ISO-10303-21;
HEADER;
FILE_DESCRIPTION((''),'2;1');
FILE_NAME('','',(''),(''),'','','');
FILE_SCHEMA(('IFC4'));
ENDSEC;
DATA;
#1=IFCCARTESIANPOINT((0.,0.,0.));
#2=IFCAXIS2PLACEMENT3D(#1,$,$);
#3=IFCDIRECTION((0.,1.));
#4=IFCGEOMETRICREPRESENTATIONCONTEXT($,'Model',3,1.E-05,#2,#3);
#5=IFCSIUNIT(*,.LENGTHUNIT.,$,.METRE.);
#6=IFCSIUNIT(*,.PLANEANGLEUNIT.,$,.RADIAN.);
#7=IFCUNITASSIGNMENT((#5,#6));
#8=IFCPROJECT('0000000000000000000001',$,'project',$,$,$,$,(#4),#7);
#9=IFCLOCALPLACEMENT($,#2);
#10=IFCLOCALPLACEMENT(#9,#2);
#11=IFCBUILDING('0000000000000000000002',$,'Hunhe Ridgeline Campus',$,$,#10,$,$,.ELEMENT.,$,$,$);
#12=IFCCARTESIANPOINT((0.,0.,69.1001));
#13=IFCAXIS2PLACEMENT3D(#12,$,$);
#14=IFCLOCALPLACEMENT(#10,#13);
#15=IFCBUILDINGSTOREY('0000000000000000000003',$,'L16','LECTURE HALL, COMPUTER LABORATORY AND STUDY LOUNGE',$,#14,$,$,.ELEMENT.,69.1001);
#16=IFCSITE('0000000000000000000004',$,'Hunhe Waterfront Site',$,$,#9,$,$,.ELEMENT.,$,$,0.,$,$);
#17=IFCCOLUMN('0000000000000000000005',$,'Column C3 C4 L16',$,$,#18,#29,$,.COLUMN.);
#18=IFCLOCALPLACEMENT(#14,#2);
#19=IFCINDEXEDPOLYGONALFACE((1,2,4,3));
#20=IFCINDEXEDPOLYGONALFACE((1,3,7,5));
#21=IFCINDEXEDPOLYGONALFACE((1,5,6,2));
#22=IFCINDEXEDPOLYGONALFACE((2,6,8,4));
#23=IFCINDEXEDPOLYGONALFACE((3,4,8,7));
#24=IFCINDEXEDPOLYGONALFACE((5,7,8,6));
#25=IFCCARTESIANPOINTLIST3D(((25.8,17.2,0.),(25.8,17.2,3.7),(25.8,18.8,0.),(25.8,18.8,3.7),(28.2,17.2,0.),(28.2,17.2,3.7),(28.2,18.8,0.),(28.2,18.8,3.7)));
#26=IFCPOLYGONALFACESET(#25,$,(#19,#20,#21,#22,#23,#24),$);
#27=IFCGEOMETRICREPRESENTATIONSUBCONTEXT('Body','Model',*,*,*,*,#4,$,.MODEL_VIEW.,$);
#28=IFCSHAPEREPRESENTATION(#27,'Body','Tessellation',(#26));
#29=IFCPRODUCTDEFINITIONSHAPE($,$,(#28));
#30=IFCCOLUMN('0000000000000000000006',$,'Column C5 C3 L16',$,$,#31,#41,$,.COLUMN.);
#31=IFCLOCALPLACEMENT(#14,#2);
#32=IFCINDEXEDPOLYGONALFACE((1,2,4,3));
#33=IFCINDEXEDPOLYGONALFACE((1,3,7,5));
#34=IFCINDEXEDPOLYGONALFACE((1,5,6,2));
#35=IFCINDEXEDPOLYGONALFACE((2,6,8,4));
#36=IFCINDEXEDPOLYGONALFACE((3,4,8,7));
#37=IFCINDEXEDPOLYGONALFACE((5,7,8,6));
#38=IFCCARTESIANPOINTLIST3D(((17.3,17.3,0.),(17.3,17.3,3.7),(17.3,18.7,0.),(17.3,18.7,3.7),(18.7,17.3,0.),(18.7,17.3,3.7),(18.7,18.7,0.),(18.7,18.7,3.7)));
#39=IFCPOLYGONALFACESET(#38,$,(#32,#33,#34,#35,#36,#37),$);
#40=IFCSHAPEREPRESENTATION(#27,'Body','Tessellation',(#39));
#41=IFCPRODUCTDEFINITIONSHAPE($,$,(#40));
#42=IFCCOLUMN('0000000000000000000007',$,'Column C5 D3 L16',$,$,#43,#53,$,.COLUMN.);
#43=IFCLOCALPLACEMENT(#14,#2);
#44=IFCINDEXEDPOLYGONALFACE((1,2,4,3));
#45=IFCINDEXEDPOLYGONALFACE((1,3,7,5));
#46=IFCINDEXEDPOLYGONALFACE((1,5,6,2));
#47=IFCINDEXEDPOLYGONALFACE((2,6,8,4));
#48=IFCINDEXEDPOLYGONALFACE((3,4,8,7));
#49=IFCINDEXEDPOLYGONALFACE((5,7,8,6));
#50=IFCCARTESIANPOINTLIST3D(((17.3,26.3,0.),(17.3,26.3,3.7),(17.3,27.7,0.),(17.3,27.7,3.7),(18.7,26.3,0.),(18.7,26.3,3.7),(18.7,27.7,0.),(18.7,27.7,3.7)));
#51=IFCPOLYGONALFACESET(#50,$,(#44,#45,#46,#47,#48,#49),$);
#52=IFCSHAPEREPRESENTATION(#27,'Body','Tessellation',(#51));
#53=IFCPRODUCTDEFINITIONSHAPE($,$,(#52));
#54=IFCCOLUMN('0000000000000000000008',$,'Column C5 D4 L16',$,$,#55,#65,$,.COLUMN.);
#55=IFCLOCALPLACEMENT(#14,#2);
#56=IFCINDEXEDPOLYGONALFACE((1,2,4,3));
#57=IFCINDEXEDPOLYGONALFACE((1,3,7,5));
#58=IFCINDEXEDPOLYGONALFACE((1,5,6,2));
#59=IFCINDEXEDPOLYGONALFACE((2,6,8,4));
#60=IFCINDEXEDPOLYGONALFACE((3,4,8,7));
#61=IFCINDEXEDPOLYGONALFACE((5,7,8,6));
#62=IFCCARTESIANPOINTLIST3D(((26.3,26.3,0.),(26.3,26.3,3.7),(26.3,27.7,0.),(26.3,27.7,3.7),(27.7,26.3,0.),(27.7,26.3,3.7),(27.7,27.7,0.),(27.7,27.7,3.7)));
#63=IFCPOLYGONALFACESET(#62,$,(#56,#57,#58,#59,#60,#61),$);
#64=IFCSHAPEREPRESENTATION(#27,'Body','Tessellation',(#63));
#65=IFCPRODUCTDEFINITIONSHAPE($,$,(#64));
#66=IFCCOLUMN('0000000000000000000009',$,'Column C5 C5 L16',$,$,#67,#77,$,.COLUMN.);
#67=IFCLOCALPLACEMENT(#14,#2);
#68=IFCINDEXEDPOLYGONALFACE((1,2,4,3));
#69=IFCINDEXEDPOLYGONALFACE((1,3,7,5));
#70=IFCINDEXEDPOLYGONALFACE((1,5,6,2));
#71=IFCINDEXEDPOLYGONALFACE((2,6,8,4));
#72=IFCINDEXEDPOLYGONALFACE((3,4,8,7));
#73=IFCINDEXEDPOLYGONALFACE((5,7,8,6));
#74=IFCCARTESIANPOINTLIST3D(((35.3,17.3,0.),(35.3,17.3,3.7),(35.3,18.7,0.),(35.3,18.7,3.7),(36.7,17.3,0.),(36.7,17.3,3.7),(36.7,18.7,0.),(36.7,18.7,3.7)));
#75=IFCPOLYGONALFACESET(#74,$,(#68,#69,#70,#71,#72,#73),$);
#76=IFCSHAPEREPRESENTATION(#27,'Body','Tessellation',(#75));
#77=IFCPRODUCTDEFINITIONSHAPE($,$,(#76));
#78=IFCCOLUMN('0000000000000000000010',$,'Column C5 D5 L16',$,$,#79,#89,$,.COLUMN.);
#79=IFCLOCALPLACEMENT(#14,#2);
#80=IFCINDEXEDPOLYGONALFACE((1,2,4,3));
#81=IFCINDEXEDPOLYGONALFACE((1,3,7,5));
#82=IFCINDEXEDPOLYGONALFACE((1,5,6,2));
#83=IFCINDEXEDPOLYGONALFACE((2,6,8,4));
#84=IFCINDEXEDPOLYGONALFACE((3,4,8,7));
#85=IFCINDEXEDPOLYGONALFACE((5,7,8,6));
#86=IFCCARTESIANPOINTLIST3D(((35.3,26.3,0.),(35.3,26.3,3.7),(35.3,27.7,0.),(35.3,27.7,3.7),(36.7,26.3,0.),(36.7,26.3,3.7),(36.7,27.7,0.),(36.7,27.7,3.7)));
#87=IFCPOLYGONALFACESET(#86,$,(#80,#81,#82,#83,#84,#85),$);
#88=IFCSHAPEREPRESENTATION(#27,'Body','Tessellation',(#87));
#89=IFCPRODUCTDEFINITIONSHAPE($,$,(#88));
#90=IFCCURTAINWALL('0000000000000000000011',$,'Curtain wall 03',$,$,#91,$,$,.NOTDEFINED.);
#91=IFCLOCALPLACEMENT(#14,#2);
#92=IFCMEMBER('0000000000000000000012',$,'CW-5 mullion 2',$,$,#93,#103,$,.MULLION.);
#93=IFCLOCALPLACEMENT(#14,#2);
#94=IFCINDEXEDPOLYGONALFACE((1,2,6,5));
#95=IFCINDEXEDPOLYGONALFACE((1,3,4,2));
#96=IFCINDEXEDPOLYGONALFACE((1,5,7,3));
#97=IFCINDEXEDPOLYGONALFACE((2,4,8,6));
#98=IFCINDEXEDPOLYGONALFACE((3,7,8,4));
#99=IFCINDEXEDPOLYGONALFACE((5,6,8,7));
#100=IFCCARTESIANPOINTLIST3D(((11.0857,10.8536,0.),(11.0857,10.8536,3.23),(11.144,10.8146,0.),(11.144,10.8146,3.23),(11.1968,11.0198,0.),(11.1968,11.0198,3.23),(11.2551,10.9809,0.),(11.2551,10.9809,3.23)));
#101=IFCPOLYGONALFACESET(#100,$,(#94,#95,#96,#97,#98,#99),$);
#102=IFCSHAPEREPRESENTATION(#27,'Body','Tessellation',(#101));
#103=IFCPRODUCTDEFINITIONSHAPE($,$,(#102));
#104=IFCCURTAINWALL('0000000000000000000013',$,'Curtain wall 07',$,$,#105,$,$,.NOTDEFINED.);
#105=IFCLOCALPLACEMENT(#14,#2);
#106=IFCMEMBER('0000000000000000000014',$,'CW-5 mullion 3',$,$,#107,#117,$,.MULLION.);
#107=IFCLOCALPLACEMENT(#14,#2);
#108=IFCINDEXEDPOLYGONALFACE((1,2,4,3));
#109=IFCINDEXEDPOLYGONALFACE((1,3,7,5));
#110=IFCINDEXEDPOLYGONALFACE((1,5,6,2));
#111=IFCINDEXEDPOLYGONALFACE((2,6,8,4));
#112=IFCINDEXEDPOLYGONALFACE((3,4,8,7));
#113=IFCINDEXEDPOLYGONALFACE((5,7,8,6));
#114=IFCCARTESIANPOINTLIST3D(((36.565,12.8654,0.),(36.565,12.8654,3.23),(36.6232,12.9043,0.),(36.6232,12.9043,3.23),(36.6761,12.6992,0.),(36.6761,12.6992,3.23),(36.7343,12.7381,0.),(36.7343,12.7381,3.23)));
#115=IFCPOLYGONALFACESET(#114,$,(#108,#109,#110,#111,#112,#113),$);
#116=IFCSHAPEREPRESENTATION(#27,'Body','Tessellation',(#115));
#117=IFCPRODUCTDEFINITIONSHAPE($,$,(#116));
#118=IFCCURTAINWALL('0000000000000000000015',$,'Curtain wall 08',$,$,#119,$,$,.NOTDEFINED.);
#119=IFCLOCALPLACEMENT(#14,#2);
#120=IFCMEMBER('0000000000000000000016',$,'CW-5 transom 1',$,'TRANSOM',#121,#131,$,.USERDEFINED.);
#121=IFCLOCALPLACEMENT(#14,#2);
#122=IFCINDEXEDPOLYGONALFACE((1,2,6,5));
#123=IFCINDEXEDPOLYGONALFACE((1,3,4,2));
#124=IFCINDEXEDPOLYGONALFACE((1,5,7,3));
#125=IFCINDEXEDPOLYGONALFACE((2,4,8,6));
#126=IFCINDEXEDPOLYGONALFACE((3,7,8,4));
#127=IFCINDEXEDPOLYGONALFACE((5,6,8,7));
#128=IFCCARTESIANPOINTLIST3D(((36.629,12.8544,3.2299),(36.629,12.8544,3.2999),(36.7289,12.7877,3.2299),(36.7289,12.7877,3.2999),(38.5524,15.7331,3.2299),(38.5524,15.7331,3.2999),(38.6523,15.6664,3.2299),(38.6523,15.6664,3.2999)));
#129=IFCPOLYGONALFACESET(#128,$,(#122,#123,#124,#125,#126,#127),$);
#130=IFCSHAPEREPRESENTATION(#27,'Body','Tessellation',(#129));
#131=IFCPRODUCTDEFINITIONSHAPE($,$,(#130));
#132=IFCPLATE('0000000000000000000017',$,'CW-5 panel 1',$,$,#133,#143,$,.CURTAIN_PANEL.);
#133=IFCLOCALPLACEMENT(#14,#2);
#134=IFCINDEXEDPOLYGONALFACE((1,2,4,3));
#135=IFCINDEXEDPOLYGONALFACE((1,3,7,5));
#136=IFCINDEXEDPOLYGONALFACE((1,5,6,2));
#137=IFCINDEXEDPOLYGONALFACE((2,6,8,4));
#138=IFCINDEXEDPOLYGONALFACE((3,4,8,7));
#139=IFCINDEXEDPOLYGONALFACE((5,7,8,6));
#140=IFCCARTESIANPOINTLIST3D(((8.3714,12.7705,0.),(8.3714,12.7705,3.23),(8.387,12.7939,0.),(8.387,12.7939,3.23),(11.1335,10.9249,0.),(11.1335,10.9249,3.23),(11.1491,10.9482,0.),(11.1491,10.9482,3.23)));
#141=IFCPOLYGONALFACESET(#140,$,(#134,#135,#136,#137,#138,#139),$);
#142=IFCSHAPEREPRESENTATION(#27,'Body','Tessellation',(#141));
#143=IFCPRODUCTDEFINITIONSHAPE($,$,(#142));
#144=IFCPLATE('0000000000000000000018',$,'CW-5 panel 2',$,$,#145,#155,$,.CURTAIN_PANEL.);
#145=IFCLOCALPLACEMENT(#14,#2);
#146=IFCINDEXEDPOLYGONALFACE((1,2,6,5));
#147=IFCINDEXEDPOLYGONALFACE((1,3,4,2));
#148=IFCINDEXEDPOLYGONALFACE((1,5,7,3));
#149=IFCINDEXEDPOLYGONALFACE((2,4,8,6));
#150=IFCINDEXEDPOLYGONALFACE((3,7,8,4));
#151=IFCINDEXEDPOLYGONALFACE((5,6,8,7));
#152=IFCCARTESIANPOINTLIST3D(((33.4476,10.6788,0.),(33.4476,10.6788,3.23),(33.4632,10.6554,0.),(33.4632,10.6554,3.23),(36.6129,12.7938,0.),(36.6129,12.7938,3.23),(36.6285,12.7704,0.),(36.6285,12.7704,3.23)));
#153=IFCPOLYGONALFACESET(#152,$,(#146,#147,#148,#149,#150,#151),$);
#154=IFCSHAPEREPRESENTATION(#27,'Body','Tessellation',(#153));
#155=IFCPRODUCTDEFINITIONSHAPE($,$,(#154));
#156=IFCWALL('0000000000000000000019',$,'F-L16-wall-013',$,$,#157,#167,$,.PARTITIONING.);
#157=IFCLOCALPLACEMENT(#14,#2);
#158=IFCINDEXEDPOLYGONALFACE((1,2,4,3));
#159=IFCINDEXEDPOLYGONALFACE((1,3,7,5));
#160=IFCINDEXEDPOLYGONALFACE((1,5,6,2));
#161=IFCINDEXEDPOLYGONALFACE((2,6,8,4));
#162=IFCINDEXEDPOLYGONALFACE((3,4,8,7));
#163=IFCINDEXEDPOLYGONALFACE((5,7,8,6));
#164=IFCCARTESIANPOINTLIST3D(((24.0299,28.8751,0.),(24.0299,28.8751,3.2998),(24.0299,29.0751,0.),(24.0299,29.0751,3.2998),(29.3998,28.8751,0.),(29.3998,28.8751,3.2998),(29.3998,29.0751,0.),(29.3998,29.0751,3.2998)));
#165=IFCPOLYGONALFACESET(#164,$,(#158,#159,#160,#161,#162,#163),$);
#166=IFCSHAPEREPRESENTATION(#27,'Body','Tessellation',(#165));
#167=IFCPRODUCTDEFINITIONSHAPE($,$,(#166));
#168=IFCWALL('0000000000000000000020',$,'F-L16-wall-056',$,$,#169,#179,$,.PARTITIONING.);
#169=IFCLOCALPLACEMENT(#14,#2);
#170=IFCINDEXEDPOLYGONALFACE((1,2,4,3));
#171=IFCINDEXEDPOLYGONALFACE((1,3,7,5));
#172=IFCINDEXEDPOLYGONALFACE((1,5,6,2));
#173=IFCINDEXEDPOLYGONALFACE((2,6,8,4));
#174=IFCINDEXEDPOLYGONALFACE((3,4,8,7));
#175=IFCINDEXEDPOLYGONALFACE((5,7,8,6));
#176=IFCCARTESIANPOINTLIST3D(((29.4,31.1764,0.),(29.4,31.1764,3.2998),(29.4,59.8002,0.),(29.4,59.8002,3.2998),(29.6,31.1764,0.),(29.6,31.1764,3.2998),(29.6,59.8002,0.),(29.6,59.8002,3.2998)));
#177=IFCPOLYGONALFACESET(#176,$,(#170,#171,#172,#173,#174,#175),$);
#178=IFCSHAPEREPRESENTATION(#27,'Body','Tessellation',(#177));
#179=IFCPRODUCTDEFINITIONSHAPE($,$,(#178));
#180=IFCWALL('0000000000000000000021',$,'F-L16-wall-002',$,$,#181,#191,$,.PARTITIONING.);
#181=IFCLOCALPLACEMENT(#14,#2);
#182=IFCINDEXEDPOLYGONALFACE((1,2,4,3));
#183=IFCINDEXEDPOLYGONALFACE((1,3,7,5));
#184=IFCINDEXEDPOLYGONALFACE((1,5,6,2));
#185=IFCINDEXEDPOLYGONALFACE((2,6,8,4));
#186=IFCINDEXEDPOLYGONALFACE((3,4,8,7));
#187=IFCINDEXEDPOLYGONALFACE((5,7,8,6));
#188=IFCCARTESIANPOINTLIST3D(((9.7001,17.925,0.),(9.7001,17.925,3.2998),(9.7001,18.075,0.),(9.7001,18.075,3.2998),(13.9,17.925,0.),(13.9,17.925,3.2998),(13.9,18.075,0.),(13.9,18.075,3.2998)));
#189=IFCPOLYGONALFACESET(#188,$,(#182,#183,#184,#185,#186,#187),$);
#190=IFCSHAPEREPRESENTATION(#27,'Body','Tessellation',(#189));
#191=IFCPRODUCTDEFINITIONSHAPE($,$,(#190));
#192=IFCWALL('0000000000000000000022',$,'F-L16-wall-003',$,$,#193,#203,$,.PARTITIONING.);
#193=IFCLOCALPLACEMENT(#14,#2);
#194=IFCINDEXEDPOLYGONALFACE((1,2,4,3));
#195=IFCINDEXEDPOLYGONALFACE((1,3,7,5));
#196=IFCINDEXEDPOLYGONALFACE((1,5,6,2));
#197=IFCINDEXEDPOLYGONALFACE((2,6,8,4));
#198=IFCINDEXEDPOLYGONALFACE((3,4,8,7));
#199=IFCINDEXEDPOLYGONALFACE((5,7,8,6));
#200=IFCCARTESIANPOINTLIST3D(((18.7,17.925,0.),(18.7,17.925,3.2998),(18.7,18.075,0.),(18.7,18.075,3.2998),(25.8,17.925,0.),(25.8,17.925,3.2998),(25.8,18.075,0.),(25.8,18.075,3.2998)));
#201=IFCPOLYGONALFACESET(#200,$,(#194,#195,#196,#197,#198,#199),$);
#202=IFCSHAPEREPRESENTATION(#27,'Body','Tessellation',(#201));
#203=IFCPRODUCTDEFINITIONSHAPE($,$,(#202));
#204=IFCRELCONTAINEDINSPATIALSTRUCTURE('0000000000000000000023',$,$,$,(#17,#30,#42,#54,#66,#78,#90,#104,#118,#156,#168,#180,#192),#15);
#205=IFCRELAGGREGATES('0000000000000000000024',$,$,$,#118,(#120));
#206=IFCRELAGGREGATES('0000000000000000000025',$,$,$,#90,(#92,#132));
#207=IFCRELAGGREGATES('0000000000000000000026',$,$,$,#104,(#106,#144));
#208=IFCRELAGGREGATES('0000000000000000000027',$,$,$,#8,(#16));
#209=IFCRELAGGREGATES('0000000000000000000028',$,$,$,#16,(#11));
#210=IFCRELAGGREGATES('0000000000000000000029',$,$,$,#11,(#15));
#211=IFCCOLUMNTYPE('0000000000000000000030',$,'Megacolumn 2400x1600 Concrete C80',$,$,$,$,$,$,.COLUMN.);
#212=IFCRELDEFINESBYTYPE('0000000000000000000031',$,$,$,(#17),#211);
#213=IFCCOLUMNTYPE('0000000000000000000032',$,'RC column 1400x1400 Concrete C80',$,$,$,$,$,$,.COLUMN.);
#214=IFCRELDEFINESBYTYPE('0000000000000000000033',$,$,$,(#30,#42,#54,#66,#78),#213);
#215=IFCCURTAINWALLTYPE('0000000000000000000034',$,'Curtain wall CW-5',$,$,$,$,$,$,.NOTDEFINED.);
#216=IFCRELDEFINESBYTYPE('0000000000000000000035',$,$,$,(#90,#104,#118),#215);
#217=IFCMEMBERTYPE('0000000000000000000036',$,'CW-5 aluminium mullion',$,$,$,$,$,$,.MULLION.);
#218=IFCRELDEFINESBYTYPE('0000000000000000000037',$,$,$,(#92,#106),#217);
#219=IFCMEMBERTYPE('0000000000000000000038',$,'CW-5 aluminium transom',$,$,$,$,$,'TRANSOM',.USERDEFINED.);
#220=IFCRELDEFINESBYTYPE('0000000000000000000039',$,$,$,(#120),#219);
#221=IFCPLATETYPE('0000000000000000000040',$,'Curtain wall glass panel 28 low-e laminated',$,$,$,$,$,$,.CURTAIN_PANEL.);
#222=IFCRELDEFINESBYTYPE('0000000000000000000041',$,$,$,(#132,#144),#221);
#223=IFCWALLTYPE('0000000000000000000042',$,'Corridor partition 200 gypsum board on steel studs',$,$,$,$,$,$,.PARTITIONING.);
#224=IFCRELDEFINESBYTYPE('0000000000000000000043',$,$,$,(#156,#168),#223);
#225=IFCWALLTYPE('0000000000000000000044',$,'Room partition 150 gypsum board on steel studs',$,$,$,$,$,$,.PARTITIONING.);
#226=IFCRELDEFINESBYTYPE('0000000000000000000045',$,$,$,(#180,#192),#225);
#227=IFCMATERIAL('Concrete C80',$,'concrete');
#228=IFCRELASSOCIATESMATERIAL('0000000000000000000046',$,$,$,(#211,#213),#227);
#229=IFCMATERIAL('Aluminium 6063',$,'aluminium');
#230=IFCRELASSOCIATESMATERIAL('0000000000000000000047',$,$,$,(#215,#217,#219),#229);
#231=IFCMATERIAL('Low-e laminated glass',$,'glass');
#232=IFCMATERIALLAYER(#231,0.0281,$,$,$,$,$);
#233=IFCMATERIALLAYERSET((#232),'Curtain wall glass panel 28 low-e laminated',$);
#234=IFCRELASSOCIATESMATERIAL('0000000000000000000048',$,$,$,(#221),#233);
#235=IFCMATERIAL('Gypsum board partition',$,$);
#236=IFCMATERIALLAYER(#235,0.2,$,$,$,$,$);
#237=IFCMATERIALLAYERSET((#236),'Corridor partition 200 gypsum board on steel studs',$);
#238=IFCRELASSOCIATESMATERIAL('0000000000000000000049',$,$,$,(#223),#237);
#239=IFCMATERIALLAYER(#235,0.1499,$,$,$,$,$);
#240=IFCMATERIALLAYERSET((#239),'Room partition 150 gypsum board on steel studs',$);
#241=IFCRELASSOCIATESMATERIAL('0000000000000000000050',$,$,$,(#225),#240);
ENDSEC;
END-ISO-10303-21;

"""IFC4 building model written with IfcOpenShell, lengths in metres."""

from ifc_helpers import new_model, si_unit, direction, frame, frame_2d, origin, origin_2d, place, context, subcontext, project, spatial, rectangle, extrude, material, layer, layer_set, material_profile, profile_set, type_object, element, aggregate, save


model = new_model("IFC4")

# Units and contexts
model_context = context("Model", 3, precision=1e-05, world=origin(), true_north=direction((0.0, 1.0)))
body_context = subcontext(model_context, "Body", "Model", "MODEL_VIEW")
ifc_project = project(units=[si_unit("LENGTHUNIT", "METRE"), si_unit("PLANEANGLEUNIT", "RADIAN")], contexts=[model_context])

# Site, building, storey
site_placement = place(None, origin())
site = spatial("IfcSite", under=ifc_project, at=site_placement, Name="Hunhe Waterfront Site", CompositionType="ELEMENT", RefElevation=0.0)
building_placement = place(site_placement, origin())
building = spatial("IfcBuilding", under=site, at=building_placement, Name="Hunhe Ridgeline Campus", CompositionType="ELEMENT")
storey_placement = place(building_placement, frame((0.0, 0.0, 69.1001)))
storey = spatial("IfcBuildingStorey", under=building, at=storey_placement, Name="L16", Description="LECTURE HALL, COMPUTER LABORATORY AND STUDY LOUNGE", CompositionType="ELEMENT", Elevation=69.1001)

# Columns
ifc_material_1 = material(Name="Concrete C80", Category="concrete")
ifc_material_profile_1 = material_profile(ifc_material_1, rectangle(XDim=2.3999, YDim=1.6001, at=origin_2d()))
ifc_profile_set_1 = profile_set([ifc_material_profile_1], Name="Concrete C80")
column_type_1 = type_object("IfcColumnType", Name="Megacolumn 2400x1600 Concrete C80", PredefinedType="COLUMN", material=ifc_profile_set_1)
column_placement = place(storey_placement, frame((27.0, 18.0, 0.0), z_axis=(0.0, 0.0, 1.0), x_axis=(1.0, 0.0, 0.0)))
element("IfcColumn", 1, at=column_placement, inside=storey, type_object=column_type_1, Name="Column C3 C4 L16", PredefinedType="COLUMN", context=body_context, shape_type="SweptSolid", body=[
    extrude(rectangle(XDim=2.3999, YDim=1.6001, at=origin_2d()), origin(), (0.0, 0.0, 1.0), 3.7),
])
ifc_material_profile_2 = material_profile(ifc_material_1, rectangle(XDim=1.3999, YDim=1.3999, at=origin_2d()))
ifc_profile_set_2 = profile_set([ifc_material_profile_2], Name="Concrete C80")
column_type_2 = type_object("IfcColumnType", Name="RC column 1400x1400 Concrete C80", PredefinedType="COLUMN", material=ifc_profile_set_2)
for number, where, z_axis, x_axis, name in (
    (2, (18.0, 18.0, 0.0), (0.0, 0.0, 1.0), (1.0, 0.0, 0.0), "Column C5 C3 L16"),
    (3, (18.0, 27.0, 0.0), (0.0, 0.0, 1.0), (1.0, 0.0, 0.0), "Column C5 D3 L16"),
    (4, (27.0, 27.0, 0.0), (0.0, 0.0, 1.0), (1.0, 0.0, 0.0), "Column C5 D4 L16"),
    (5, (36.0, 18.0, 0.0), (0.0, 0.0, 1.0), (1.0, 0.0, 0.0), "Column C5 C5 L16"),
    (6, (36.0, 27.0, 0.0), (0.0, 0.0, 1.0), (1.0, 0.0, 0.0), "Column C5 D5 L16"),
):
    element("IfcColumn", number, at=place(storey_placement, frame(where, z_axis=z_axis, x_axis=x_axis)), inside=storey, type_object=column_type_2, Name=name, PredefinedType="COLUMN", context=body_context, shape_type="SweptSolid", body=[
        extrude(rectangle(XDim=1.3999, YDim=1.3999, at=origin_2d()), origin(), (0.0, 0.0, 1.0), 3.7),
    ])

# Curtain walls, members
ifc_material_2 = material(Name="Aluminium 6063", Category="aluminium")
curtain_wall_type = type_object("IfcCurtainWallType", Name="Curtain wall CW-5", PredefinedType="NOTDEFINED", material=ifc_material_2)
curtain_wall_1_placement = place(storey_placement, origin())
curtain_wall_1 = element("IfcCurtainWall", 7, at=curtain_wall_1_placement, inside=storey, type_object=curtain_wall_type, Name="Curtain wall 03", PredefinedType="NOTDEFINED")
ifc_material_profile_3 = material_profile(ifc_material_2, rectangle(XDim=0.2, YDim=0.0701, at=origin_2d()))
ifc_profile_set_3 = profile_set([ifc_material_profile_3], Name="Aluminium 6063")
member_type_1 = type_object("IfcMemberType", Name="CW-5 aluminium mullion", PredefinedType="MULLION", material=ifc_profile_set_3)
member_1_placement = place(storey_placement, frame((11.1704, 10.9172, 0.0), z_axis=(0.0, 0.0, 1.0), x_axis=(0.55557, 0.83147, 0.0)))
member_1 = element("IfcMember", 8, at=member_1_placement, type_object=member_type_1, Name="CW-5 mullion 2", PredefinedType="MULLION", context=body_context, shape_type="SweptSolid", body=[
    extrude(rectangle(XDim=0.2, YDim=0.0701, at=origin_2d()), origin(), (0.0, 0.0, 1.0), 3.23),
])
curtain_wall_2_placement = place(storey_placement, origin())
curtain_wall_2 = element("IfcCurtainWall", 9, at=curtain_wall_2_placement, inside=storey, type_object=curtain_wall_type, Name="Curtain wall 07", PredefinedType="NOTDEFINED")
member_2_placement = place(storey_placement, frame((36.6497, 12.8018, 0.0), z_axis=(0.0, 0.0, 1.0), x_axis=(-0.55557, 0.83147, 0.0)))
member_2 = element("IfcMember", 10, at=member_2_placement, type_object=member_type_1, Name="CW-5 mullion 3", PredefinedType="MULLION", context=body_context, shape_type="SweptSolid", body=[
    extrude(rectangle(XDim=0.2, YDim=0.0701, at=origin_2d()), origin(), (0.0, 0.0, 1.0), 3.23),
])
curtain_wall_3_placement = place(storey_placement, origin())
curtain_wall_3 = element("IfcCurtainWall", 11, at=curtain_wall_3_placement, inside=storey, type_object=curtain_wall_type, Name="Curtain wall 08", PredefinedType="NOTDEFINED")
ifc_material_profile_4 = material_profile(ifc_material_2, rectangle(XDim=0.1201, YDim=0.0701, at=origin_2d()))
ifc_profile_set_4 = profile_set([ifc_material_profile_4], Name="Aluminium 6063")
member_type_2 = type_object("IfcMemberType", Name="CW-5 aluminium transom", ElementType="TRANSOM", PredefinedType="USERDEFINED", material=ifc_profile_set_4)
member_3_placement = place(storey_placement, frame((36.679, 12.821, 3.2649), z_axis=(0.555546, 0.831486, 0.0), x_axis=(-0.831486, 0.555546, 0.0)))
member_3 = element("IfcMember", 12, at=member_3_placement, type_object=member_type_2, Name="CW-5 transom 1", ObjectType="TRANSOM", PredefinedType="USERDEFINED", context=body_context, shape_type="SweptSolid", body=[
    extrude(rectangle(XDim=0.1201, YDim=0.0701, at=origin_2d()), origin(), (0.0, 0.0, 1.0), 3.4622),
])
aggregate(curtain_wall_3, [member_3])

# Plates
ifc_material_3 = material(Name="Low-e laminated glass", Category="glass")
ifc_layer_1 = layer(ifc_material_3, 0.0281)
ifc_layer_set_1 = layer_set([ifc_layer_1], Name="Curtain wall glass panel 28 low-e laminated")
plate_type = type_object("IfcPlateType", Name="Curtain wall glass panel 28 low-e laminated", PredefinedType="CURTAIN_PANEL", material=ifc_layer_set_1)
plate_1_placement = place(storey_placement, frame((9.7603, 11.8594, 0.0), z_axis=(0.0, 0.0, 1.0), x_axis=(0.83147, -0.55557, 0.0)))
plate_1 = element("IfcPlate", 13, at=plate_1_placement, type_object=plate_type, Name="CW-5 panel 1", PredefinedType="CURTAIN_PANEL", context=body_context, shape_type="SweptSolid", body=[
    extrude(rectangle(XDim=3.322, YDim=0.0281, at=origin_2d()), origin(), (0.0, 0.0, 1.0), 3.23),
])
aggregate(curtain_wall_1, [member_1, plate_1])
plate_2_placement = place(storey_placement, frame((35.0381, 11.7246, 0.0), z_axis=(0.0, 0.0, 1.0), x_axis=(0.83147, 0.55557, 0.0)))
plate_2 = element("IfcPlate", 14, at=plate_2_placement, type_object=plate_type, Name="CW-5 panel 2", PredefinedType="CURTAIN_PANEL", context=body_context, shape_type="SweptSolid", body=[
    extrude(rectangle(XDim=3.8069, YDim=0.0281, at=origin_2d()), origin(), (0.0, 0.0, 1.0), 3.23),
])
aggregate(curtain_wall_2, [member_2, plate_2])

# Wall
ifc_material_4 = material(Name="Gypsum board partition")
ifc_layer_2 = layer(ifc_material_4, 0.2)
ifc_layer_set_2 = layer_set([ifc_layer_2], Name="Corridor partition 200 gypsum board on steel studs")
wall_type_1 = type_object("IfcWallType", Name="Corridor partition 200 gypsum board on steel studs", PredefinedType="PARTITIONING", material=ifc_layer_set_2)
wall_1_placement = place(storey_placement, frame((29.3999, 28.9751, 0.0), z_axis=(0.0, 0.0, 1.0), x_axis=(-1.0, 0.0, 0.0)))
element("IfcWall", 15, at=wall_1_placement, inside=storey, type_object=wall_type_1, Name="F-L16-wall-013", PredefinedType="PARTITIONING", context=body_context, shape_type="SweptSolid", body=[
    extrude(rectangle(XDim=5.3699, YDim=0.2, at=frame_2d((2.6851, 0.0))), origin(), (0.0, 0.0, 1.0), 3.2998),
])

# Walls
wall_2_placement = place(storey_placement, frame((29.5, 31.1763, 0.0), z_axis=(0.0, 0.0, 1.0), x_axis=(0.0, 1.0, 0.0)))
element("IfcWall", 16, at=wall_2_placement, inside=storey, type_object=wall_type_1, Name="F-L16-wall-056", PredefinedType="PARTITIONING", context=body_context, shape_type="SweptSolid", body=[
    extrude(rectangle(XDim=28.6238, YDim=0.2, at=frame_2d((14.312, 0.0))), origin(), (0.0, 0.0, 1.0), 3.2998),
])
ifc_layer_3 = layer(ifc_material_4, 0.1499)
ifc_layer_set_3 = layer_set([ifc_layer_3], Name="Room partition 150 gypsum board on steel studs")
wall_type_2 = type_object("IfcWallType", Name="Room partition 150 gypsum board on steel studs", PredefinedType="PARTITIONING", material=ifc_layer_set_3)
wall_3_placement = place(storey_placement, frame((9.7, 18.0, 0.0), z_axis=(0.0, 0.0, 1.0), x_axis=(1.0, 0.0, 0.0)))
element("IfcWall", 17, at=wall_3_placement, inside=storey, type_object=wall_type_2, Name="F-L16-wall-002", PredefinedType="PARTITIONING", context=body_context, shape_type="SweptSolid", body=[
    extrude(rectangle(XDim=4.2, YDim=0.1499, at=frame_2d((2.1001, 0.0))), origin(), (0.0, 0.0, 1.0), 3.2998),
])
wall_4_placement = place(storey_placement, frame((18.7, 18.0, 0.0), z_axis=(0.0, 0.0, 1.0), x_axis=(1.0, 0.0, 0.0)))
element("IfcWall", 18, at=wall_4_placement, inside=storey, type_object=wall_type_2, Name="F-L16-wall-003", PredefinedType="PARTITIONING", context=body_context, shape_type="SweptSolid", body=[
    extrude(rectangle(XDim=7.1001, YDim=0.1499, at=frame_2d((3.55, 0.0))), origin(), (0.0, 0.0, 1.0), 3.2998),
])

save(model, "model.ifc")
